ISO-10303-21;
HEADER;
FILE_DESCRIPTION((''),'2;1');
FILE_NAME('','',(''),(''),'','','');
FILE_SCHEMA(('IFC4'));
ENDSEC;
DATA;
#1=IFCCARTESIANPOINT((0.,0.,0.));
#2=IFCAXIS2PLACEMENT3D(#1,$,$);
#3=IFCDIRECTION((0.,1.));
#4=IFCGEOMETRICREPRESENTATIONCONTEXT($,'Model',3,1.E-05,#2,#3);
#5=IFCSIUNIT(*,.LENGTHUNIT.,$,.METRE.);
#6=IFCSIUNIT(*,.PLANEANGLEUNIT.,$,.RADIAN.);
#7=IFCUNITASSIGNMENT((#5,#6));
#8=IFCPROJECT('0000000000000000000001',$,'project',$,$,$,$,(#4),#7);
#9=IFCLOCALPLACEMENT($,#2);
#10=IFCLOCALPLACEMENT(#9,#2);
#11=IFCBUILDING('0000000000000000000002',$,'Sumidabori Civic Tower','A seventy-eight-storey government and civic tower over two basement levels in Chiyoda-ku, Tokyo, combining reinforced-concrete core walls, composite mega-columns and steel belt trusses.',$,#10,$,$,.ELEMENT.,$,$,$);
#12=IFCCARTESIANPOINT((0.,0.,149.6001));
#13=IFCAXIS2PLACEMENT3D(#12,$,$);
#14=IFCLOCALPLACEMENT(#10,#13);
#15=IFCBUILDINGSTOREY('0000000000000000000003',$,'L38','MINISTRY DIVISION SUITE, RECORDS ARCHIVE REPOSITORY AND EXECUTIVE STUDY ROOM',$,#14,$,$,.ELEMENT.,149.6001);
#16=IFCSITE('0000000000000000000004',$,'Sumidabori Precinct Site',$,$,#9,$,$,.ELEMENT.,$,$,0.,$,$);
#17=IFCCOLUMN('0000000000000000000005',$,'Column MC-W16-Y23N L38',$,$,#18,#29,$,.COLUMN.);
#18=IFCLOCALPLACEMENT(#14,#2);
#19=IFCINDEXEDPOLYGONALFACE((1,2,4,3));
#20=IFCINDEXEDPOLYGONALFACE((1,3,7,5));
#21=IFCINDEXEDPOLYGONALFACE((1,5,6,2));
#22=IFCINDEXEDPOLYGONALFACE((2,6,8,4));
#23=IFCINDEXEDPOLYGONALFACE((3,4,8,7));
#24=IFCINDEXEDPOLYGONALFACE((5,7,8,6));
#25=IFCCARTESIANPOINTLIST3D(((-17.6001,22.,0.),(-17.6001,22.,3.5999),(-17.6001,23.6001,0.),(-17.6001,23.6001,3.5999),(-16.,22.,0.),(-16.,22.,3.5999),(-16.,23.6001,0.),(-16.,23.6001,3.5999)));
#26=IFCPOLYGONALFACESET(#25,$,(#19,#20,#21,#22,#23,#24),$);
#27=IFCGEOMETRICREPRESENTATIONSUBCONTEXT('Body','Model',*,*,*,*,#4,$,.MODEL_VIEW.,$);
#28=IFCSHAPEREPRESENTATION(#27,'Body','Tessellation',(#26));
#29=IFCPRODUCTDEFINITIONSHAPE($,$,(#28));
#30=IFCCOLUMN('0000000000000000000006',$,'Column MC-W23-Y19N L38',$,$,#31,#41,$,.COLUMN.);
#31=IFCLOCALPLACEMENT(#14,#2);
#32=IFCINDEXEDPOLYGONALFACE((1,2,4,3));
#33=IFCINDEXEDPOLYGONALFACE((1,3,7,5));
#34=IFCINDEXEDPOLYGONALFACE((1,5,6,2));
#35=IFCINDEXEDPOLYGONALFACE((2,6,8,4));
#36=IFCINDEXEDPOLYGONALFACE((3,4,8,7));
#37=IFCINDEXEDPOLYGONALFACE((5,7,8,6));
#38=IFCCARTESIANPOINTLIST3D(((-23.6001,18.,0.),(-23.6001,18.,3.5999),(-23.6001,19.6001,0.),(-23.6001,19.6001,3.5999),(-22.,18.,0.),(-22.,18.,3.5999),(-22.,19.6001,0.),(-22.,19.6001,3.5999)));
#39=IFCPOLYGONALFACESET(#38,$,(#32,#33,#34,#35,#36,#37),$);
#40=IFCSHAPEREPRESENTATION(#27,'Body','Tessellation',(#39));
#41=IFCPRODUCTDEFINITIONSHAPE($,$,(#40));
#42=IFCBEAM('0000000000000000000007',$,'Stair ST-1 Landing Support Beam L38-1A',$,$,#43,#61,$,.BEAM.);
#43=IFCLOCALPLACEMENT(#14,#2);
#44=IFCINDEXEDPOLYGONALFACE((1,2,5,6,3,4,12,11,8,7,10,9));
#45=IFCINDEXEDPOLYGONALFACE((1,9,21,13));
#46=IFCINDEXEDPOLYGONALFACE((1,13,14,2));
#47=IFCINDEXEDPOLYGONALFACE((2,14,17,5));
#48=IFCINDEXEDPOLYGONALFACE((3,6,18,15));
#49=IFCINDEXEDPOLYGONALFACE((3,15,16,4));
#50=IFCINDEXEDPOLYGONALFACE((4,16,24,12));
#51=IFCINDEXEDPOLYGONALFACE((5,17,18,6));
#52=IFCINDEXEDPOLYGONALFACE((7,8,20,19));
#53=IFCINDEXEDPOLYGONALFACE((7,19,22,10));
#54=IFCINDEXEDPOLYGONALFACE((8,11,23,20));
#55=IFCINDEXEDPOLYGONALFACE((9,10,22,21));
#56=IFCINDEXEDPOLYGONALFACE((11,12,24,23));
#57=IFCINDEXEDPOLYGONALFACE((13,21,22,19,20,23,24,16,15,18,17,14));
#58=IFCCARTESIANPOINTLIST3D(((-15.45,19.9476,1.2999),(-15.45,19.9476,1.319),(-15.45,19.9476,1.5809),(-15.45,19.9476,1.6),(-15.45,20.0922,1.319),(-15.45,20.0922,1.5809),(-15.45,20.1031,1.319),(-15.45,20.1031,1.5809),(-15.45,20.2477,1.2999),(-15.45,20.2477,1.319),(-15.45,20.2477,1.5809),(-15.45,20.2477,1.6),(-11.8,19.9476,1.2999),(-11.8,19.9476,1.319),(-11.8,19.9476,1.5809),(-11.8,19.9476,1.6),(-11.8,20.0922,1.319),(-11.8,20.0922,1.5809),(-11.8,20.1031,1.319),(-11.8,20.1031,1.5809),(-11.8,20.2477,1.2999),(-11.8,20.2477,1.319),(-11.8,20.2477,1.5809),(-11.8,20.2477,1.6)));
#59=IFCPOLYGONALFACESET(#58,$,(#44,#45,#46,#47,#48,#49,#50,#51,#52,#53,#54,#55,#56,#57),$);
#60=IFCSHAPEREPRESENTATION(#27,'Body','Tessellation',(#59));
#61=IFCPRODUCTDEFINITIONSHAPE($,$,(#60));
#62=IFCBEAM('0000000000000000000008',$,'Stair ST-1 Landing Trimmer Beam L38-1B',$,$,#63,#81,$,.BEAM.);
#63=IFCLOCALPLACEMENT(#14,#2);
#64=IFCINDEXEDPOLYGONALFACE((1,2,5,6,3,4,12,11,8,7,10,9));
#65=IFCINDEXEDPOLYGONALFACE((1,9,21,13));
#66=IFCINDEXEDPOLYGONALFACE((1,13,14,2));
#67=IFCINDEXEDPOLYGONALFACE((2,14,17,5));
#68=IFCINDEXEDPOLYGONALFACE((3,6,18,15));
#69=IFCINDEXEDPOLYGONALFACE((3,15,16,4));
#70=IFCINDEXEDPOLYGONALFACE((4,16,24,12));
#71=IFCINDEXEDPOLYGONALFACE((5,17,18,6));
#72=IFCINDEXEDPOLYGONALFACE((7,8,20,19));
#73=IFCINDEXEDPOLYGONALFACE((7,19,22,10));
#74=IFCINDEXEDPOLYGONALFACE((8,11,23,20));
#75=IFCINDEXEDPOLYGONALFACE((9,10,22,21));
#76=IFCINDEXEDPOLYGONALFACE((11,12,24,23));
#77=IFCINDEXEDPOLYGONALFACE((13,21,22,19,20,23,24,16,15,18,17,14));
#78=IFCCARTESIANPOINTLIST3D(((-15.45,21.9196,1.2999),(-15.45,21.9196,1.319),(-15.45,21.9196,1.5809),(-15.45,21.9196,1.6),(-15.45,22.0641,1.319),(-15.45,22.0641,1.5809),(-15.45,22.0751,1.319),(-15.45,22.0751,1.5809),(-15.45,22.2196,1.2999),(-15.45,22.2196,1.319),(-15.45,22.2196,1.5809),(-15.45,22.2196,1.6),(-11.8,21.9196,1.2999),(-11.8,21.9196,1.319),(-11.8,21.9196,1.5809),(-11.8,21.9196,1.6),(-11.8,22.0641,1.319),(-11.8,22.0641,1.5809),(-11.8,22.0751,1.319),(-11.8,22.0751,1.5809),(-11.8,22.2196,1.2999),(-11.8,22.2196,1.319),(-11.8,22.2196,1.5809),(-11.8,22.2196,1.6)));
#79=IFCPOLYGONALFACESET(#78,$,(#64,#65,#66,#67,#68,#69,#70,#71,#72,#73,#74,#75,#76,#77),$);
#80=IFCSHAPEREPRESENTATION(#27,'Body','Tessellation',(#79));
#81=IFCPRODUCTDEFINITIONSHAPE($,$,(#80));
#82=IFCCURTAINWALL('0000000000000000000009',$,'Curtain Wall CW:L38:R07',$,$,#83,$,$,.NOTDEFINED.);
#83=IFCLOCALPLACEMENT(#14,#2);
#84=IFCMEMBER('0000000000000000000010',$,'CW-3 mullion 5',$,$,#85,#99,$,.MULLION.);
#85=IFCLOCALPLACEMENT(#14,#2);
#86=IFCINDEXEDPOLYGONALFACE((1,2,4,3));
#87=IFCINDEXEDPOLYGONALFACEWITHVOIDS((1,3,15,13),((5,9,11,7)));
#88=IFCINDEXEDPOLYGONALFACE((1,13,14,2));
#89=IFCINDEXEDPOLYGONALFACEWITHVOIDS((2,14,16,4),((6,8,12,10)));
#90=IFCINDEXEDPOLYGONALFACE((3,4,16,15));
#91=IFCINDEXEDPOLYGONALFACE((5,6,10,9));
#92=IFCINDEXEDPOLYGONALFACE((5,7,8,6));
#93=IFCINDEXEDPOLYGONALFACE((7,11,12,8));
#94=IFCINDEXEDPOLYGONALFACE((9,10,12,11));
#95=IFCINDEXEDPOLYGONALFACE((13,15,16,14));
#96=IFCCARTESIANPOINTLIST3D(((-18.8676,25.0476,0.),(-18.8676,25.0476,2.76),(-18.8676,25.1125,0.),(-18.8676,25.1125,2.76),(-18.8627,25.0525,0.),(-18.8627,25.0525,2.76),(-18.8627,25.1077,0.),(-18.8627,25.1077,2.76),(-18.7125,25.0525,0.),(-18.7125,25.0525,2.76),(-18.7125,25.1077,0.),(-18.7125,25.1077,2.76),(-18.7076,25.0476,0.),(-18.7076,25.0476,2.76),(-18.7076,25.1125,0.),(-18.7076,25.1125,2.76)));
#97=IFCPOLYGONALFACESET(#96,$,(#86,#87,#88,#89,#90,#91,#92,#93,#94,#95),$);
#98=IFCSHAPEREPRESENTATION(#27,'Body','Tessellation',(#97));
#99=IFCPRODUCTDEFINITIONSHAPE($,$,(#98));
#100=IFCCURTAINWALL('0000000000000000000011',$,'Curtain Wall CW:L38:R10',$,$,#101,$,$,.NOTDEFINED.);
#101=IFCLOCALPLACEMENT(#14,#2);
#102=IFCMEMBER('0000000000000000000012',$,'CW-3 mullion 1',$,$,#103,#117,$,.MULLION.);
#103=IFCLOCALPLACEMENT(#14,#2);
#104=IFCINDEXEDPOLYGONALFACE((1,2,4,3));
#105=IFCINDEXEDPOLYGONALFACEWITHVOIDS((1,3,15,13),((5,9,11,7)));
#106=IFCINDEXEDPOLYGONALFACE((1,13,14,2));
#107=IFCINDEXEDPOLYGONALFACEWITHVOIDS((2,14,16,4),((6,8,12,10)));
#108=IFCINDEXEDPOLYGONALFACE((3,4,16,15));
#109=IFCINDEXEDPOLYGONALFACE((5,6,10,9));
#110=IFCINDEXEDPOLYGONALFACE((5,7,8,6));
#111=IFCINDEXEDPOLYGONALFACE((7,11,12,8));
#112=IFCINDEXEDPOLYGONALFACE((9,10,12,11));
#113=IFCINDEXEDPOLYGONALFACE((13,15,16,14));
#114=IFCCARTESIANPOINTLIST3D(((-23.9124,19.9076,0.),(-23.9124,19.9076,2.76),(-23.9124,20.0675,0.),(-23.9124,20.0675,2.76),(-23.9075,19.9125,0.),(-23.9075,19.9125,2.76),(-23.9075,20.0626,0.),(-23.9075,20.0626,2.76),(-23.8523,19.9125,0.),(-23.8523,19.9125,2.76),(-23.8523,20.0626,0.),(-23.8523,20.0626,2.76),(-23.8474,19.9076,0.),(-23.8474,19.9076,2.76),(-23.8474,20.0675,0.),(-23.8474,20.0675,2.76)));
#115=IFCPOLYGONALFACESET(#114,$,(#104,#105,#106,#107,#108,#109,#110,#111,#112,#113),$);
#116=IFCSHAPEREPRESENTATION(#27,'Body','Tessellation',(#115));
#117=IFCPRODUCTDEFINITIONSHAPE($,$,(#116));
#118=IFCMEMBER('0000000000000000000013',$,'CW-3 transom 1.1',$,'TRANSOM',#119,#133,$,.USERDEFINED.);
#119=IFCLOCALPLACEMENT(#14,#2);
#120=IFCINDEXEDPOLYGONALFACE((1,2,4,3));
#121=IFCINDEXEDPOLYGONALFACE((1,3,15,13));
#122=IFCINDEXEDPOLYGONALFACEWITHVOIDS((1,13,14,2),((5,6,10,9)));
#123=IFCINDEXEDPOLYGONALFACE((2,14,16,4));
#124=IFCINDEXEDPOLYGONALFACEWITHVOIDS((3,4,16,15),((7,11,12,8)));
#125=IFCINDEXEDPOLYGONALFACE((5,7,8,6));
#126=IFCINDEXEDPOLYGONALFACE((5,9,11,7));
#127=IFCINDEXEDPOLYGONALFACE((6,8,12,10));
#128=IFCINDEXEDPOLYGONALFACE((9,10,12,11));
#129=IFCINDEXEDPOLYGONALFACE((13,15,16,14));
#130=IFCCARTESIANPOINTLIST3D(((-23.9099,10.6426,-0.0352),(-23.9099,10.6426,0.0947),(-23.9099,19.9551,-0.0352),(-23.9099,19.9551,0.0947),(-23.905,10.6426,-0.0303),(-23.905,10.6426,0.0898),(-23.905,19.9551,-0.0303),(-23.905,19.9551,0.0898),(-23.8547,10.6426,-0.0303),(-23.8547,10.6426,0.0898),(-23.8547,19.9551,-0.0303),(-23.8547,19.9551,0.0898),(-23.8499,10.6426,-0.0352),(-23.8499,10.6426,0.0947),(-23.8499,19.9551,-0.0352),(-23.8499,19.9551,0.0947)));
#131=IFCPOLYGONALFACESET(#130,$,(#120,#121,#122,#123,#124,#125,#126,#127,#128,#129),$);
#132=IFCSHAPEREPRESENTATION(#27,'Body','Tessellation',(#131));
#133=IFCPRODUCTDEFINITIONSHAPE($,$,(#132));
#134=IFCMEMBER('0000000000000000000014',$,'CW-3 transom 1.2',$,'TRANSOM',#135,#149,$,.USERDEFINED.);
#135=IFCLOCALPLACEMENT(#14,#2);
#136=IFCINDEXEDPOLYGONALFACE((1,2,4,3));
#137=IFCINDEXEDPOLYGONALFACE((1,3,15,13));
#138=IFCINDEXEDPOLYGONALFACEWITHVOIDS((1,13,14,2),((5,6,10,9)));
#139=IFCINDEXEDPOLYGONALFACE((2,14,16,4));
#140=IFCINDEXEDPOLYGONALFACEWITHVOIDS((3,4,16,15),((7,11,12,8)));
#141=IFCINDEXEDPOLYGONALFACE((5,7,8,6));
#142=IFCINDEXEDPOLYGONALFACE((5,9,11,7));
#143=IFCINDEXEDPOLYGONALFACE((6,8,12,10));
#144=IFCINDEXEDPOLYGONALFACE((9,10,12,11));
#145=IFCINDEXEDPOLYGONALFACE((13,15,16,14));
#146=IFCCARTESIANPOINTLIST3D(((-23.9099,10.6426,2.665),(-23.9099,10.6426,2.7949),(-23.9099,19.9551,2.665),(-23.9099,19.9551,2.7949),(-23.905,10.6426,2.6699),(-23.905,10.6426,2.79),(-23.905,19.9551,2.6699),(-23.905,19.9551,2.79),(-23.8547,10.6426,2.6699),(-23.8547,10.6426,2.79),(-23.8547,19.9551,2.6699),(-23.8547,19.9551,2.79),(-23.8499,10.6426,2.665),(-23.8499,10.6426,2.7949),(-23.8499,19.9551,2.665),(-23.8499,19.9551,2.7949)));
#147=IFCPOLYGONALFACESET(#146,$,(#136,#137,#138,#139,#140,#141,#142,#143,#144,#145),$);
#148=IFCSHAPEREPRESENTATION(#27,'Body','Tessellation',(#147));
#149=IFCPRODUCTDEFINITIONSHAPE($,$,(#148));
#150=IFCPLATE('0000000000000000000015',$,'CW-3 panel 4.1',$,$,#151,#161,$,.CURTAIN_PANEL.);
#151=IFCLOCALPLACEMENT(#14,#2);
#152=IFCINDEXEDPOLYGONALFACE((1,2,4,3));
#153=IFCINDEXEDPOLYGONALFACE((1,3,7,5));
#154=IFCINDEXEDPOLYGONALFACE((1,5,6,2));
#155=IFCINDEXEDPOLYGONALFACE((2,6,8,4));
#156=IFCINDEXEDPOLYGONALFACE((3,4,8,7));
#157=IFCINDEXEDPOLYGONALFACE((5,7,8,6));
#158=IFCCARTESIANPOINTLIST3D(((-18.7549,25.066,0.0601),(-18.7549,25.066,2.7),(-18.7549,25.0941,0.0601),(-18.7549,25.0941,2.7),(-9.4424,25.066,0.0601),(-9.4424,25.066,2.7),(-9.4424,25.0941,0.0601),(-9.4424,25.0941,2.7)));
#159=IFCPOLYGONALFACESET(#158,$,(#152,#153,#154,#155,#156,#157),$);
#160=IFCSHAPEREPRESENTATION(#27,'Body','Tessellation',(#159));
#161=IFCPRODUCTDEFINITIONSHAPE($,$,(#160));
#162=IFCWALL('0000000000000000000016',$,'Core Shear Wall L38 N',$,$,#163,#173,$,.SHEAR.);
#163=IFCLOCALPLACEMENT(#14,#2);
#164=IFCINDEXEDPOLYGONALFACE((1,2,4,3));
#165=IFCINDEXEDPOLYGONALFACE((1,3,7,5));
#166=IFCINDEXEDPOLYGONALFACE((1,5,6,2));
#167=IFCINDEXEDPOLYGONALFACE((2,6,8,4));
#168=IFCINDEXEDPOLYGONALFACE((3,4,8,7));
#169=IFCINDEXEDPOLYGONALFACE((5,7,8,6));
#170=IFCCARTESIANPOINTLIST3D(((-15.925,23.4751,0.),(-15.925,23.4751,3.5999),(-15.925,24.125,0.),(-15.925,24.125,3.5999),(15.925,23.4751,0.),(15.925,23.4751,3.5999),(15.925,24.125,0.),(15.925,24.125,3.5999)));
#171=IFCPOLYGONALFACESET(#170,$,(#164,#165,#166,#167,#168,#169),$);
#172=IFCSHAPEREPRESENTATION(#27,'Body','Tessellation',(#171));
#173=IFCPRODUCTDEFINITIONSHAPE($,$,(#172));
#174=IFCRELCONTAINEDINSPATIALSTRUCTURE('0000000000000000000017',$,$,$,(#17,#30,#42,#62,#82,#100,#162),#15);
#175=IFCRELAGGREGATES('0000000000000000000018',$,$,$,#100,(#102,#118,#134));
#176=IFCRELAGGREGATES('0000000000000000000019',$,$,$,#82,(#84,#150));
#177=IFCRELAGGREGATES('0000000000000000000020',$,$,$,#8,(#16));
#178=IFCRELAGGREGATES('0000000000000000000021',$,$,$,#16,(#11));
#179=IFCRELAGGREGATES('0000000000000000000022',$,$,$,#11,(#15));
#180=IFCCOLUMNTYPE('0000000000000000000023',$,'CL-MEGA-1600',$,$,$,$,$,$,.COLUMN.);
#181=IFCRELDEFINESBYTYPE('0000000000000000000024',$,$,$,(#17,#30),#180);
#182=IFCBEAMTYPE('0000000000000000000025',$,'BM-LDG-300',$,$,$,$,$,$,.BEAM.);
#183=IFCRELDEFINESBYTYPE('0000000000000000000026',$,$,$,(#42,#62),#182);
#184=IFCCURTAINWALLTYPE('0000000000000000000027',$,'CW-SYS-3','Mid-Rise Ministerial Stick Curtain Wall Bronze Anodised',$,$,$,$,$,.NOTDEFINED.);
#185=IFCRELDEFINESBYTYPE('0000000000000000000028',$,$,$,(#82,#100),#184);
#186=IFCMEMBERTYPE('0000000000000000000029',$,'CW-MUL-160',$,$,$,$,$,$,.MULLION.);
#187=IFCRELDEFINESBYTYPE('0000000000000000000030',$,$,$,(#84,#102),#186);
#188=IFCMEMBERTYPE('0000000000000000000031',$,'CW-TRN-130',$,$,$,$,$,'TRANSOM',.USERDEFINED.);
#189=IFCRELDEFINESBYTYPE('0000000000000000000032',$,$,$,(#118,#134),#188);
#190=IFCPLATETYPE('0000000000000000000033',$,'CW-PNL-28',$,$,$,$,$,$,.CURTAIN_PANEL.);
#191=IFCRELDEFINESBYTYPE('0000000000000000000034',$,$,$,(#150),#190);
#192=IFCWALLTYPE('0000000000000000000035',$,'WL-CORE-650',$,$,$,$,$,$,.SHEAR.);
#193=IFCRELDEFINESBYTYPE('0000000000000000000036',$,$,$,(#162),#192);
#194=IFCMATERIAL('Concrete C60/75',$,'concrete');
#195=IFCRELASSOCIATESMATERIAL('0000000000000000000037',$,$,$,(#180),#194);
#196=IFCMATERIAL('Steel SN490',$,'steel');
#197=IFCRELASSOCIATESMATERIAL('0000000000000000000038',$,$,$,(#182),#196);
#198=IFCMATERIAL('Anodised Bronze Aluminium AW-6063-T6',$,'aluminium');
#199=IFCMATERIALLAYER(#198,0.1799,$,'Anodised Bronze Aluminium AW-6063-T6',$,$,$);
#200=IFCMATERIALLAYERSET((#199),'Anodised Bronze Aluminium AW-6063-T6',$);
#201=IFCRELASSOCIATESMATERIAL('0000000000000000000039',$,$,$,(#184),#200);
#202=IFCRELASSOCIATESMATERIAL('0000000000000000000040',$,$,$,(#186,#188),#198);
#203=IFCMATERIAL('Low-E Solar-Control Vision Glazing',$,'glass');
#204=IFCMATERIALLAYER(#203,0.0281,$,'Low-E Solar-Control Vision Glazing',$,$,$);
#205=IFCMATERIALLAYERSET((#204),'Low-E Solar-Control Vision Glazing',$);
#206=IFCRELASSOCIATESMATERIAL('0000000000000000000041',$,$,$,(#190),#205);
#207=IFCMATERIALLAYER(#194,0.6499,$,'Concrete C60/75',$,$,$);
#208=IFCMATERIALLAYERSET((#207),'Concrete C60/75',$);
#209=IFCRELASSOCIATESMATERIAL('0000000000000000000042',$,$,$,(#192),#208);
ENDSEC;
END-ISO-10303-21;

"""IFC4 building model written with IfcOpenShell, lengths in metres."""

from ifc_helpers import new_model, si_unit, direction, frame, frame_2d, origin, origin_2d, place, context, subcontext, project, spatial, rectangle, hollow_rectangle, i_section, extrude, source, transform, mapped, material, layer, layer_set, material_profile, profile_set, type_object, element, aggregate, save


model = new_model("IFC4")

# Units and contexts
model_context = context("Model", 3, precision=1e-05, world=origin(), true_north=direction((0.0, 1.0)))
body_context = subcontext(model_context, "Body", "Model", "MODEL_VIEW")
ifc_project = project(units=[si_unit("LENGTHUNIT", "METRE"), si_unit("PLANEANGLEUNIT", "RADIAN")], contexts=[model_context])

# Site, building, storey
site_placement = place(None, origin())
site = spatial("IfcSite", under=ifc_project, at=site_placement, Name="Sumidabori Precinct Site", CompositionType="ELEMENT", RefElevation=0.0)
building_placement = place(site_placement, origin())
building = spatial("IfcBuilding", under=site, at=building_placement, Name="Sumidabori Civic Tower", Description="A seventy-eight-storey government and civic tower over two basement levels in Chiyoda-ku, Tokyo, combining reinforced-concrete core walls, composite mega-columns and steel belt trusses.", CompositionType="ELEMENT")
storey_placement = place(building_placement, frame((0.0, 0.0, 149.6001)))
storey = spatial("IfcBuildingStorey", under=building, at=storey_placement, Name="L38", Description="MINISTRY DIVISION SUITE, RECORDS ARCHIVE REPOSITORY AND EXECUTIVE STUDY ROOM", CompositionType="ELEMENT", Elevation=149.6001)

# Columns
ifc_material_1 = material(Name="Concrete C60/75", Category="concrete")
ifc_material_profile_1 = material_profile(ifc_material_1, rectangle(XDim=1.6001, YDim=1.6001, at=origin_2d()), Name="RC 1600x1600")
ifc_profile_set_1 = profile_set([ifc_material_profile_1], Name="Concrete C60/75")
column_type = type_object("IfcColumnType", Name="CL-MEGA-1600", PredefinedType="COLUMN", material=ifc_profile_set_1)
shared_shape_1 = source(origin(), body_context, "Body", "SweptSolid", [
    extrude(rectangle(XDim=1.6001, YDim=1.6001, at=origin_2d()), origin(), (0.0, 0.0, 1.0), 3.5999),
])
for number, where, z_axis, x_axis, name in (
    (1, (-16.8, 22.8, 0.0), (0.0, 0.0, 1.0), (1.0, 0.0, 0.0), "Column MC-W16-Y23N L38"),
    (2, (-22.8, 18.8, 0.0), (0.0, 0.0, 1.0), (1.0, 0.0, 0.0), "Column MC-W23-Y19N L38"),
):
    element("IfcColumn", number, at=place(storey_placement, frame(where, z_axis=z_axis, x_axis=x_axis)), inside=storey, type_object=column_type, Name=name, PredefinedType="COLUMN", context=body_context, shape_type="MappedRepresentation", body=[
        mapped(shared_shape_1, transform((0.0, 0.0, 0.0), x_axis=(1.0, 0.0, 0.0), y_axis=(0.0, 1.0, 0.0), z_axis=(0.0, 0.0, 1.0), scale=1.0)),
    ])

# Beams
ifc_material_2 = material(Name="Steel SN490", Category="steel")
ifc_material_profile_2 = material_profile(ifc_material_2, i_section(OverallWidth=0.3, OverallDepth=0.3, WebThickness=0.011, FlangeThickness=0.019, at=origin_2d()), Name="HE 300 B")
ifc_profile_set_2 = profile_set([ifc_material_profile_2], Name="Steel SN490")
beam_type = type_object("IfcBeamType", Name="BM-LDG-300", PredefinedType="BEAM", material=ifc_profile_set_2)
shared_shape_2 = source(origin(), body_context, "Body", "SweptSolid", [
    extrude(i_section(OverallWidth=0.3, OverallDepth=0.3, WebThickness=0.011, FlangeThickness=0.019, at=origin_2d()), origin(), (0.0, 0.0, 1.0), 3.6499),
])
for number, where, z_axis, x_axis, name in (
    (3, (-15.45, 20.0977, 1.45), (1.0, 0.0, 0.0), (0.0, 1.0, 0.0), "Stair ST-1 Landing Support Beam L38-1A"),
    (4, (-15.45, 22.0696, 1.45), (1.0, 0.0, 0.0), (0.0, 1.0, 0.0), "Stair ST-1 Landing Trimmer Beam L38-1B"),
):
    element("IfcBeam", number, at=place(storey_placement, frame(where, z_axis=z_axis, x_axis=x_axis)), inside=storey, type_object=beam_type, Name=name, PredefinedType="BEAM", context=body_context, shape_type="MappedRepresentation", body=[
        mapped(shared_shape_2, transform((0.0, 0.0, 0.0), x_axis=(1.0, 0.0, 0.0), y_axis=(0.0, 1.0, 0.0), z_axis=(0.0, 0.0, 1.0), scale=1.0)),
    ])

# Curtain wall, member
ifc_material_3 = material(Name="Anodised Bronze Aluminium AW-6063-T6", Category="aluminium")
ifc_layer_1 = layer(ifc_material_3, 0.1799, Name="Anodised Bronze Aluminium AW-6063-T6")
ifc_layer_set_1 = layer_set([ifc_layer_1], Name="Anodised Bronze Aluminium AW-6063-T6")
curtain_wall_type = type_object("IfcCurtainWallType", Name="CW-SYS-3", Description="Mid-Rise Ministerial Stick Curtain Wall Bronze Anodised", PredefinedType="NOTDEFINED", material=ifc_layer_set_1)
curtain_wall_1_placement = place(storey_placement, origin())
curtain_wall_1 = element("IfcCurtainWall", 5, at=curtain_wall_1_placement, inside=storey, type_object=curtain_wall_type, Name="Curtain Wall CW:L38:R07", PredefinedType="NOTDEFINED")
ifc_material_profile_3 = material_profile(ifc_material_3, hollow_rectangle(XDim=0.0649, YDim=0.1599, WallThickness=0.0049, at=origin_2d()), Name="ALU MULLION 160x65")
ifc_profile_set_3 = profile_set([ifc_material_profile_3], Name="Anodised Bronze Aluminium AW-6063-T6")
member_type_1 = type_object("IfcMemberType", Name="CW-MUL-160", PredefinedType="MULLION", material=ifc_profile_set_3)
shared_shape_3 = source(origin(), body_context, "Body", "SweptSolid", [
    extrude(hollow_rectangle(XDim=0.0649, YDim=0.1599, WallThickness=0.0049, at=origin_2d()), origin(), (0.0, 0.0, 1.0), 2.76),
])
member_1_placement = place(storey_placement, frame((-18.7876, 25.0801, 0.0), z_axis=(0.0, 0.0, 1.0), x_axis=(0.0, -1.0, 0.0)))
member_1 = element("IfcMember", 6, at=member_1_placement, type_object=member_type_1, Name="CW-3 mullion 5", PredefinedType="MULLION", context=body_context, shape_type="MappedRepresentation", body=[
    mapped(shared_shape_3, transform((0.0, 0.0, 0.0), x_axis=(1.0, 0.0, 0.0), y_axis=(0.0, 1.0, 0.0), z_axis=(0.0, 0.0, 1.0), scale=1.0)),
])

# Curtain wall, members
curtain_wall_2_placement = place(storey_placement, origin())
curtain_wall_2 = element("IfcCurtainWall", 7, at=curtain_wall_2_placement, inside=storey, type_object=curtain_wall_type, Name="Curtain Wall CW:L38:R10", PredefinedType="NOTDEFINED")
member_2_placement = place(storey_placement, frame((-23.8799, 19.9875, 0.0), z_axis=(0.0, 0.0, 1.0), x_axis=(1.0, 0.0, 0.0)))
member_2 = element("IfcMember", 8, at=member_2_placement, type_object=member_type_1, Name="CW-3 mullion 1", PredefinedType="MULLION", context=body_context, shape_type="MappedRepresentation", body=[
    mapped(shared_shape_3, transform((0.0, 0.0, 0.0), x_axis=(1.0, 0.0, 0.0), y_axis=(0.0, 1.0, 0.0), z_axis=(0.0, 0.0, 1.0), scale=1.0)),
])
ifc_material_profile_4 = material_profile(ifc_material_3, hollow_rectangle(XDim=0.0601, YDim=0.1299, WallThickness=0.0049, at=origin_2d()), Name="ALU TRANSOM 130x60")
ifc_profile_set_4 = profile_set([ifc_material_profile_4], Name="Anodised Bronze Aluminium AW-6063-T6")
member_type_2 = type_object("IfcMemberType", Name="CW-TRN-130", ElementType="TRANSOM", PredefinedType="USERDEFINED", material=ifc_profile_set_4)
shared_shape_4 = source(origin(), body_context, "Body", "SweptSolid", [
    extrude(hollow_rectangle(XDim=0.0601, YDim=0.1299, WallThickness=0.0049, at=origin_2d()), origin(), (0.0, 0.0, 1.0), 9.3125),
])
member_3_placement = place(storey_placement, frame((-23.8799, 19.9551, 0.0298), z_axis=(0.0, -1.0, 0.0), x_axis=(1.0, 0.0, 0.0)))
member_3 = element("IfcMember", 9, at=member_3_placement, type_object=member_type_2, Name="CW-3 transom 1.1", ObjectType="TRANSOM", PredefinedType="USERDEFINED", context=body_context, shape_type="MappedRepresentation", body=[
    mapped(shared_shape_4, transform((0.0, 0.0, 0.0), x_axis=(1.0, 0.0, 0.0), y_axis=(0.0, 1.0, 0.0), z_axis=(0.0, 0.0, 1.0), scale=1.0)),
])
member_4_placement = place(storey_placement, frame((-23.8799, 19.9551, 2.73), z_axis=(0.0, -1.0, 0.0), x_axis=(1.0, 0.0, 0.0)))
member_4 = element("IfcMember", 10, at=member_4_placement, type_object=member_type_2, Name="CW-3 transom 1.2", ObjectType="TRANSOM", PredefinedType="USERDEFINED", context=body_context, shape_type="MappedRepresentation", body=[
    mapped(shared_shape_4, transform((0.0, 0.0, 0.0), x_axis=(1.0, 0.0, 0.0), y_axis=(0.0, 1.0, 0.0), z_axis=(0.0, 0.0, 1.0), scale=1.0)),
])
aggregate(curtain_wall_2, [member_2, member_3, member_4])

# Plate
ifc_material_4 = material(Name="Low-E Solar-Control Vision Glazing", Category="glass")
ifc_layer_2 = layer(ifc_material_4, 0.0281, Name="Low-E Solar-Control Vision Glazing")
ifc_layer_set_2 = layer_set([ifc_layer_2], Name="Low-E Solar-Control Vision Glazing")
plate_type = type_object("IfcPlateType", Name="CW-PNL-28", PredefinedType="CURTAIN_PANEL", material=ifc_layer_set_2)
shared_shape_5 = source(origin(), body_context, "Body", "SweptSolid", [
    extrude(rectangle(XDim=9.3125, YDim=0.0281, at=origin_2d()), origin(), (0.0, 0.0, 1.0), 2.6399),
])
plate_placement = place(storey_placement, frame((-14.0986, 25.0801, 0.0601), z_axis=(0.0, 0.0, 1.0), x_axis=(-1.0, 0.0, 0.0)))
plate = element("IfcPlate", 11, at=plate_placement, type_object=plate_type, Name="CW-3 panel 4.1", PredefinedType="CURTAIN_PANEL", context=body_context, shape_type="MappedRepresentation", body=[
    mapped(shared_shape_5, transform((0.0, 0.0, 0.0), x_axis=(1.0, 0.0, 0.0), y_axis=(0.0, 1.0, 0.0), z_axis=(0.0, 0.0, 1.0), scale=1.0)),
])
aggregate(curtain_wall_1, [member_1, plate])

# Wall
ifc_layer_3 = layer(ifc_material_1, 0.6499, Name="Concrete C60/75")
ifc_layer_set_3 = layer_set([ifc_layer_3], Name="Concrete C60/75")
wall_type_1 = type_object("IfcWallType", Name="WL-CORE-650", PredefinedType="SHEAR", material=ifc_layer_set_3)
shared_shape_6 = source(origin(), body_context, "Body", "SweptSolid", [
    extrude(rectangle(XDim=31.8501, YDim=0.6499, at=frame_2d((15.925, 0.0))), origin(), (0.0, 0.0, 1.0), 3.5999),
])
wall_placement = place(storey_placement, frame((-15.925, 23.8, 0.0), z_axis=(0.0, 0.0, 1.0), x_axis=(1.0, 0.0, 0.0)))
element("IfcWall", 12, at=wall_placement, inside=storey, type_object=wall_type_1, Name="Core Shear Wall L38 N", PredefinedType="SHEAR", context=body_context, shape_type="MappedRepresentation", body=[
    mapped(shared_shape_6, transform((0.0, 0.0, 0.0), x_axis=(1.0, 0.0, 0.0), y_axis=(0.0, 1.0, 0.0), z_axis=(0.0, 0.0, 1.0), scale=1.0)),
])

save(model, "model.ifc")
